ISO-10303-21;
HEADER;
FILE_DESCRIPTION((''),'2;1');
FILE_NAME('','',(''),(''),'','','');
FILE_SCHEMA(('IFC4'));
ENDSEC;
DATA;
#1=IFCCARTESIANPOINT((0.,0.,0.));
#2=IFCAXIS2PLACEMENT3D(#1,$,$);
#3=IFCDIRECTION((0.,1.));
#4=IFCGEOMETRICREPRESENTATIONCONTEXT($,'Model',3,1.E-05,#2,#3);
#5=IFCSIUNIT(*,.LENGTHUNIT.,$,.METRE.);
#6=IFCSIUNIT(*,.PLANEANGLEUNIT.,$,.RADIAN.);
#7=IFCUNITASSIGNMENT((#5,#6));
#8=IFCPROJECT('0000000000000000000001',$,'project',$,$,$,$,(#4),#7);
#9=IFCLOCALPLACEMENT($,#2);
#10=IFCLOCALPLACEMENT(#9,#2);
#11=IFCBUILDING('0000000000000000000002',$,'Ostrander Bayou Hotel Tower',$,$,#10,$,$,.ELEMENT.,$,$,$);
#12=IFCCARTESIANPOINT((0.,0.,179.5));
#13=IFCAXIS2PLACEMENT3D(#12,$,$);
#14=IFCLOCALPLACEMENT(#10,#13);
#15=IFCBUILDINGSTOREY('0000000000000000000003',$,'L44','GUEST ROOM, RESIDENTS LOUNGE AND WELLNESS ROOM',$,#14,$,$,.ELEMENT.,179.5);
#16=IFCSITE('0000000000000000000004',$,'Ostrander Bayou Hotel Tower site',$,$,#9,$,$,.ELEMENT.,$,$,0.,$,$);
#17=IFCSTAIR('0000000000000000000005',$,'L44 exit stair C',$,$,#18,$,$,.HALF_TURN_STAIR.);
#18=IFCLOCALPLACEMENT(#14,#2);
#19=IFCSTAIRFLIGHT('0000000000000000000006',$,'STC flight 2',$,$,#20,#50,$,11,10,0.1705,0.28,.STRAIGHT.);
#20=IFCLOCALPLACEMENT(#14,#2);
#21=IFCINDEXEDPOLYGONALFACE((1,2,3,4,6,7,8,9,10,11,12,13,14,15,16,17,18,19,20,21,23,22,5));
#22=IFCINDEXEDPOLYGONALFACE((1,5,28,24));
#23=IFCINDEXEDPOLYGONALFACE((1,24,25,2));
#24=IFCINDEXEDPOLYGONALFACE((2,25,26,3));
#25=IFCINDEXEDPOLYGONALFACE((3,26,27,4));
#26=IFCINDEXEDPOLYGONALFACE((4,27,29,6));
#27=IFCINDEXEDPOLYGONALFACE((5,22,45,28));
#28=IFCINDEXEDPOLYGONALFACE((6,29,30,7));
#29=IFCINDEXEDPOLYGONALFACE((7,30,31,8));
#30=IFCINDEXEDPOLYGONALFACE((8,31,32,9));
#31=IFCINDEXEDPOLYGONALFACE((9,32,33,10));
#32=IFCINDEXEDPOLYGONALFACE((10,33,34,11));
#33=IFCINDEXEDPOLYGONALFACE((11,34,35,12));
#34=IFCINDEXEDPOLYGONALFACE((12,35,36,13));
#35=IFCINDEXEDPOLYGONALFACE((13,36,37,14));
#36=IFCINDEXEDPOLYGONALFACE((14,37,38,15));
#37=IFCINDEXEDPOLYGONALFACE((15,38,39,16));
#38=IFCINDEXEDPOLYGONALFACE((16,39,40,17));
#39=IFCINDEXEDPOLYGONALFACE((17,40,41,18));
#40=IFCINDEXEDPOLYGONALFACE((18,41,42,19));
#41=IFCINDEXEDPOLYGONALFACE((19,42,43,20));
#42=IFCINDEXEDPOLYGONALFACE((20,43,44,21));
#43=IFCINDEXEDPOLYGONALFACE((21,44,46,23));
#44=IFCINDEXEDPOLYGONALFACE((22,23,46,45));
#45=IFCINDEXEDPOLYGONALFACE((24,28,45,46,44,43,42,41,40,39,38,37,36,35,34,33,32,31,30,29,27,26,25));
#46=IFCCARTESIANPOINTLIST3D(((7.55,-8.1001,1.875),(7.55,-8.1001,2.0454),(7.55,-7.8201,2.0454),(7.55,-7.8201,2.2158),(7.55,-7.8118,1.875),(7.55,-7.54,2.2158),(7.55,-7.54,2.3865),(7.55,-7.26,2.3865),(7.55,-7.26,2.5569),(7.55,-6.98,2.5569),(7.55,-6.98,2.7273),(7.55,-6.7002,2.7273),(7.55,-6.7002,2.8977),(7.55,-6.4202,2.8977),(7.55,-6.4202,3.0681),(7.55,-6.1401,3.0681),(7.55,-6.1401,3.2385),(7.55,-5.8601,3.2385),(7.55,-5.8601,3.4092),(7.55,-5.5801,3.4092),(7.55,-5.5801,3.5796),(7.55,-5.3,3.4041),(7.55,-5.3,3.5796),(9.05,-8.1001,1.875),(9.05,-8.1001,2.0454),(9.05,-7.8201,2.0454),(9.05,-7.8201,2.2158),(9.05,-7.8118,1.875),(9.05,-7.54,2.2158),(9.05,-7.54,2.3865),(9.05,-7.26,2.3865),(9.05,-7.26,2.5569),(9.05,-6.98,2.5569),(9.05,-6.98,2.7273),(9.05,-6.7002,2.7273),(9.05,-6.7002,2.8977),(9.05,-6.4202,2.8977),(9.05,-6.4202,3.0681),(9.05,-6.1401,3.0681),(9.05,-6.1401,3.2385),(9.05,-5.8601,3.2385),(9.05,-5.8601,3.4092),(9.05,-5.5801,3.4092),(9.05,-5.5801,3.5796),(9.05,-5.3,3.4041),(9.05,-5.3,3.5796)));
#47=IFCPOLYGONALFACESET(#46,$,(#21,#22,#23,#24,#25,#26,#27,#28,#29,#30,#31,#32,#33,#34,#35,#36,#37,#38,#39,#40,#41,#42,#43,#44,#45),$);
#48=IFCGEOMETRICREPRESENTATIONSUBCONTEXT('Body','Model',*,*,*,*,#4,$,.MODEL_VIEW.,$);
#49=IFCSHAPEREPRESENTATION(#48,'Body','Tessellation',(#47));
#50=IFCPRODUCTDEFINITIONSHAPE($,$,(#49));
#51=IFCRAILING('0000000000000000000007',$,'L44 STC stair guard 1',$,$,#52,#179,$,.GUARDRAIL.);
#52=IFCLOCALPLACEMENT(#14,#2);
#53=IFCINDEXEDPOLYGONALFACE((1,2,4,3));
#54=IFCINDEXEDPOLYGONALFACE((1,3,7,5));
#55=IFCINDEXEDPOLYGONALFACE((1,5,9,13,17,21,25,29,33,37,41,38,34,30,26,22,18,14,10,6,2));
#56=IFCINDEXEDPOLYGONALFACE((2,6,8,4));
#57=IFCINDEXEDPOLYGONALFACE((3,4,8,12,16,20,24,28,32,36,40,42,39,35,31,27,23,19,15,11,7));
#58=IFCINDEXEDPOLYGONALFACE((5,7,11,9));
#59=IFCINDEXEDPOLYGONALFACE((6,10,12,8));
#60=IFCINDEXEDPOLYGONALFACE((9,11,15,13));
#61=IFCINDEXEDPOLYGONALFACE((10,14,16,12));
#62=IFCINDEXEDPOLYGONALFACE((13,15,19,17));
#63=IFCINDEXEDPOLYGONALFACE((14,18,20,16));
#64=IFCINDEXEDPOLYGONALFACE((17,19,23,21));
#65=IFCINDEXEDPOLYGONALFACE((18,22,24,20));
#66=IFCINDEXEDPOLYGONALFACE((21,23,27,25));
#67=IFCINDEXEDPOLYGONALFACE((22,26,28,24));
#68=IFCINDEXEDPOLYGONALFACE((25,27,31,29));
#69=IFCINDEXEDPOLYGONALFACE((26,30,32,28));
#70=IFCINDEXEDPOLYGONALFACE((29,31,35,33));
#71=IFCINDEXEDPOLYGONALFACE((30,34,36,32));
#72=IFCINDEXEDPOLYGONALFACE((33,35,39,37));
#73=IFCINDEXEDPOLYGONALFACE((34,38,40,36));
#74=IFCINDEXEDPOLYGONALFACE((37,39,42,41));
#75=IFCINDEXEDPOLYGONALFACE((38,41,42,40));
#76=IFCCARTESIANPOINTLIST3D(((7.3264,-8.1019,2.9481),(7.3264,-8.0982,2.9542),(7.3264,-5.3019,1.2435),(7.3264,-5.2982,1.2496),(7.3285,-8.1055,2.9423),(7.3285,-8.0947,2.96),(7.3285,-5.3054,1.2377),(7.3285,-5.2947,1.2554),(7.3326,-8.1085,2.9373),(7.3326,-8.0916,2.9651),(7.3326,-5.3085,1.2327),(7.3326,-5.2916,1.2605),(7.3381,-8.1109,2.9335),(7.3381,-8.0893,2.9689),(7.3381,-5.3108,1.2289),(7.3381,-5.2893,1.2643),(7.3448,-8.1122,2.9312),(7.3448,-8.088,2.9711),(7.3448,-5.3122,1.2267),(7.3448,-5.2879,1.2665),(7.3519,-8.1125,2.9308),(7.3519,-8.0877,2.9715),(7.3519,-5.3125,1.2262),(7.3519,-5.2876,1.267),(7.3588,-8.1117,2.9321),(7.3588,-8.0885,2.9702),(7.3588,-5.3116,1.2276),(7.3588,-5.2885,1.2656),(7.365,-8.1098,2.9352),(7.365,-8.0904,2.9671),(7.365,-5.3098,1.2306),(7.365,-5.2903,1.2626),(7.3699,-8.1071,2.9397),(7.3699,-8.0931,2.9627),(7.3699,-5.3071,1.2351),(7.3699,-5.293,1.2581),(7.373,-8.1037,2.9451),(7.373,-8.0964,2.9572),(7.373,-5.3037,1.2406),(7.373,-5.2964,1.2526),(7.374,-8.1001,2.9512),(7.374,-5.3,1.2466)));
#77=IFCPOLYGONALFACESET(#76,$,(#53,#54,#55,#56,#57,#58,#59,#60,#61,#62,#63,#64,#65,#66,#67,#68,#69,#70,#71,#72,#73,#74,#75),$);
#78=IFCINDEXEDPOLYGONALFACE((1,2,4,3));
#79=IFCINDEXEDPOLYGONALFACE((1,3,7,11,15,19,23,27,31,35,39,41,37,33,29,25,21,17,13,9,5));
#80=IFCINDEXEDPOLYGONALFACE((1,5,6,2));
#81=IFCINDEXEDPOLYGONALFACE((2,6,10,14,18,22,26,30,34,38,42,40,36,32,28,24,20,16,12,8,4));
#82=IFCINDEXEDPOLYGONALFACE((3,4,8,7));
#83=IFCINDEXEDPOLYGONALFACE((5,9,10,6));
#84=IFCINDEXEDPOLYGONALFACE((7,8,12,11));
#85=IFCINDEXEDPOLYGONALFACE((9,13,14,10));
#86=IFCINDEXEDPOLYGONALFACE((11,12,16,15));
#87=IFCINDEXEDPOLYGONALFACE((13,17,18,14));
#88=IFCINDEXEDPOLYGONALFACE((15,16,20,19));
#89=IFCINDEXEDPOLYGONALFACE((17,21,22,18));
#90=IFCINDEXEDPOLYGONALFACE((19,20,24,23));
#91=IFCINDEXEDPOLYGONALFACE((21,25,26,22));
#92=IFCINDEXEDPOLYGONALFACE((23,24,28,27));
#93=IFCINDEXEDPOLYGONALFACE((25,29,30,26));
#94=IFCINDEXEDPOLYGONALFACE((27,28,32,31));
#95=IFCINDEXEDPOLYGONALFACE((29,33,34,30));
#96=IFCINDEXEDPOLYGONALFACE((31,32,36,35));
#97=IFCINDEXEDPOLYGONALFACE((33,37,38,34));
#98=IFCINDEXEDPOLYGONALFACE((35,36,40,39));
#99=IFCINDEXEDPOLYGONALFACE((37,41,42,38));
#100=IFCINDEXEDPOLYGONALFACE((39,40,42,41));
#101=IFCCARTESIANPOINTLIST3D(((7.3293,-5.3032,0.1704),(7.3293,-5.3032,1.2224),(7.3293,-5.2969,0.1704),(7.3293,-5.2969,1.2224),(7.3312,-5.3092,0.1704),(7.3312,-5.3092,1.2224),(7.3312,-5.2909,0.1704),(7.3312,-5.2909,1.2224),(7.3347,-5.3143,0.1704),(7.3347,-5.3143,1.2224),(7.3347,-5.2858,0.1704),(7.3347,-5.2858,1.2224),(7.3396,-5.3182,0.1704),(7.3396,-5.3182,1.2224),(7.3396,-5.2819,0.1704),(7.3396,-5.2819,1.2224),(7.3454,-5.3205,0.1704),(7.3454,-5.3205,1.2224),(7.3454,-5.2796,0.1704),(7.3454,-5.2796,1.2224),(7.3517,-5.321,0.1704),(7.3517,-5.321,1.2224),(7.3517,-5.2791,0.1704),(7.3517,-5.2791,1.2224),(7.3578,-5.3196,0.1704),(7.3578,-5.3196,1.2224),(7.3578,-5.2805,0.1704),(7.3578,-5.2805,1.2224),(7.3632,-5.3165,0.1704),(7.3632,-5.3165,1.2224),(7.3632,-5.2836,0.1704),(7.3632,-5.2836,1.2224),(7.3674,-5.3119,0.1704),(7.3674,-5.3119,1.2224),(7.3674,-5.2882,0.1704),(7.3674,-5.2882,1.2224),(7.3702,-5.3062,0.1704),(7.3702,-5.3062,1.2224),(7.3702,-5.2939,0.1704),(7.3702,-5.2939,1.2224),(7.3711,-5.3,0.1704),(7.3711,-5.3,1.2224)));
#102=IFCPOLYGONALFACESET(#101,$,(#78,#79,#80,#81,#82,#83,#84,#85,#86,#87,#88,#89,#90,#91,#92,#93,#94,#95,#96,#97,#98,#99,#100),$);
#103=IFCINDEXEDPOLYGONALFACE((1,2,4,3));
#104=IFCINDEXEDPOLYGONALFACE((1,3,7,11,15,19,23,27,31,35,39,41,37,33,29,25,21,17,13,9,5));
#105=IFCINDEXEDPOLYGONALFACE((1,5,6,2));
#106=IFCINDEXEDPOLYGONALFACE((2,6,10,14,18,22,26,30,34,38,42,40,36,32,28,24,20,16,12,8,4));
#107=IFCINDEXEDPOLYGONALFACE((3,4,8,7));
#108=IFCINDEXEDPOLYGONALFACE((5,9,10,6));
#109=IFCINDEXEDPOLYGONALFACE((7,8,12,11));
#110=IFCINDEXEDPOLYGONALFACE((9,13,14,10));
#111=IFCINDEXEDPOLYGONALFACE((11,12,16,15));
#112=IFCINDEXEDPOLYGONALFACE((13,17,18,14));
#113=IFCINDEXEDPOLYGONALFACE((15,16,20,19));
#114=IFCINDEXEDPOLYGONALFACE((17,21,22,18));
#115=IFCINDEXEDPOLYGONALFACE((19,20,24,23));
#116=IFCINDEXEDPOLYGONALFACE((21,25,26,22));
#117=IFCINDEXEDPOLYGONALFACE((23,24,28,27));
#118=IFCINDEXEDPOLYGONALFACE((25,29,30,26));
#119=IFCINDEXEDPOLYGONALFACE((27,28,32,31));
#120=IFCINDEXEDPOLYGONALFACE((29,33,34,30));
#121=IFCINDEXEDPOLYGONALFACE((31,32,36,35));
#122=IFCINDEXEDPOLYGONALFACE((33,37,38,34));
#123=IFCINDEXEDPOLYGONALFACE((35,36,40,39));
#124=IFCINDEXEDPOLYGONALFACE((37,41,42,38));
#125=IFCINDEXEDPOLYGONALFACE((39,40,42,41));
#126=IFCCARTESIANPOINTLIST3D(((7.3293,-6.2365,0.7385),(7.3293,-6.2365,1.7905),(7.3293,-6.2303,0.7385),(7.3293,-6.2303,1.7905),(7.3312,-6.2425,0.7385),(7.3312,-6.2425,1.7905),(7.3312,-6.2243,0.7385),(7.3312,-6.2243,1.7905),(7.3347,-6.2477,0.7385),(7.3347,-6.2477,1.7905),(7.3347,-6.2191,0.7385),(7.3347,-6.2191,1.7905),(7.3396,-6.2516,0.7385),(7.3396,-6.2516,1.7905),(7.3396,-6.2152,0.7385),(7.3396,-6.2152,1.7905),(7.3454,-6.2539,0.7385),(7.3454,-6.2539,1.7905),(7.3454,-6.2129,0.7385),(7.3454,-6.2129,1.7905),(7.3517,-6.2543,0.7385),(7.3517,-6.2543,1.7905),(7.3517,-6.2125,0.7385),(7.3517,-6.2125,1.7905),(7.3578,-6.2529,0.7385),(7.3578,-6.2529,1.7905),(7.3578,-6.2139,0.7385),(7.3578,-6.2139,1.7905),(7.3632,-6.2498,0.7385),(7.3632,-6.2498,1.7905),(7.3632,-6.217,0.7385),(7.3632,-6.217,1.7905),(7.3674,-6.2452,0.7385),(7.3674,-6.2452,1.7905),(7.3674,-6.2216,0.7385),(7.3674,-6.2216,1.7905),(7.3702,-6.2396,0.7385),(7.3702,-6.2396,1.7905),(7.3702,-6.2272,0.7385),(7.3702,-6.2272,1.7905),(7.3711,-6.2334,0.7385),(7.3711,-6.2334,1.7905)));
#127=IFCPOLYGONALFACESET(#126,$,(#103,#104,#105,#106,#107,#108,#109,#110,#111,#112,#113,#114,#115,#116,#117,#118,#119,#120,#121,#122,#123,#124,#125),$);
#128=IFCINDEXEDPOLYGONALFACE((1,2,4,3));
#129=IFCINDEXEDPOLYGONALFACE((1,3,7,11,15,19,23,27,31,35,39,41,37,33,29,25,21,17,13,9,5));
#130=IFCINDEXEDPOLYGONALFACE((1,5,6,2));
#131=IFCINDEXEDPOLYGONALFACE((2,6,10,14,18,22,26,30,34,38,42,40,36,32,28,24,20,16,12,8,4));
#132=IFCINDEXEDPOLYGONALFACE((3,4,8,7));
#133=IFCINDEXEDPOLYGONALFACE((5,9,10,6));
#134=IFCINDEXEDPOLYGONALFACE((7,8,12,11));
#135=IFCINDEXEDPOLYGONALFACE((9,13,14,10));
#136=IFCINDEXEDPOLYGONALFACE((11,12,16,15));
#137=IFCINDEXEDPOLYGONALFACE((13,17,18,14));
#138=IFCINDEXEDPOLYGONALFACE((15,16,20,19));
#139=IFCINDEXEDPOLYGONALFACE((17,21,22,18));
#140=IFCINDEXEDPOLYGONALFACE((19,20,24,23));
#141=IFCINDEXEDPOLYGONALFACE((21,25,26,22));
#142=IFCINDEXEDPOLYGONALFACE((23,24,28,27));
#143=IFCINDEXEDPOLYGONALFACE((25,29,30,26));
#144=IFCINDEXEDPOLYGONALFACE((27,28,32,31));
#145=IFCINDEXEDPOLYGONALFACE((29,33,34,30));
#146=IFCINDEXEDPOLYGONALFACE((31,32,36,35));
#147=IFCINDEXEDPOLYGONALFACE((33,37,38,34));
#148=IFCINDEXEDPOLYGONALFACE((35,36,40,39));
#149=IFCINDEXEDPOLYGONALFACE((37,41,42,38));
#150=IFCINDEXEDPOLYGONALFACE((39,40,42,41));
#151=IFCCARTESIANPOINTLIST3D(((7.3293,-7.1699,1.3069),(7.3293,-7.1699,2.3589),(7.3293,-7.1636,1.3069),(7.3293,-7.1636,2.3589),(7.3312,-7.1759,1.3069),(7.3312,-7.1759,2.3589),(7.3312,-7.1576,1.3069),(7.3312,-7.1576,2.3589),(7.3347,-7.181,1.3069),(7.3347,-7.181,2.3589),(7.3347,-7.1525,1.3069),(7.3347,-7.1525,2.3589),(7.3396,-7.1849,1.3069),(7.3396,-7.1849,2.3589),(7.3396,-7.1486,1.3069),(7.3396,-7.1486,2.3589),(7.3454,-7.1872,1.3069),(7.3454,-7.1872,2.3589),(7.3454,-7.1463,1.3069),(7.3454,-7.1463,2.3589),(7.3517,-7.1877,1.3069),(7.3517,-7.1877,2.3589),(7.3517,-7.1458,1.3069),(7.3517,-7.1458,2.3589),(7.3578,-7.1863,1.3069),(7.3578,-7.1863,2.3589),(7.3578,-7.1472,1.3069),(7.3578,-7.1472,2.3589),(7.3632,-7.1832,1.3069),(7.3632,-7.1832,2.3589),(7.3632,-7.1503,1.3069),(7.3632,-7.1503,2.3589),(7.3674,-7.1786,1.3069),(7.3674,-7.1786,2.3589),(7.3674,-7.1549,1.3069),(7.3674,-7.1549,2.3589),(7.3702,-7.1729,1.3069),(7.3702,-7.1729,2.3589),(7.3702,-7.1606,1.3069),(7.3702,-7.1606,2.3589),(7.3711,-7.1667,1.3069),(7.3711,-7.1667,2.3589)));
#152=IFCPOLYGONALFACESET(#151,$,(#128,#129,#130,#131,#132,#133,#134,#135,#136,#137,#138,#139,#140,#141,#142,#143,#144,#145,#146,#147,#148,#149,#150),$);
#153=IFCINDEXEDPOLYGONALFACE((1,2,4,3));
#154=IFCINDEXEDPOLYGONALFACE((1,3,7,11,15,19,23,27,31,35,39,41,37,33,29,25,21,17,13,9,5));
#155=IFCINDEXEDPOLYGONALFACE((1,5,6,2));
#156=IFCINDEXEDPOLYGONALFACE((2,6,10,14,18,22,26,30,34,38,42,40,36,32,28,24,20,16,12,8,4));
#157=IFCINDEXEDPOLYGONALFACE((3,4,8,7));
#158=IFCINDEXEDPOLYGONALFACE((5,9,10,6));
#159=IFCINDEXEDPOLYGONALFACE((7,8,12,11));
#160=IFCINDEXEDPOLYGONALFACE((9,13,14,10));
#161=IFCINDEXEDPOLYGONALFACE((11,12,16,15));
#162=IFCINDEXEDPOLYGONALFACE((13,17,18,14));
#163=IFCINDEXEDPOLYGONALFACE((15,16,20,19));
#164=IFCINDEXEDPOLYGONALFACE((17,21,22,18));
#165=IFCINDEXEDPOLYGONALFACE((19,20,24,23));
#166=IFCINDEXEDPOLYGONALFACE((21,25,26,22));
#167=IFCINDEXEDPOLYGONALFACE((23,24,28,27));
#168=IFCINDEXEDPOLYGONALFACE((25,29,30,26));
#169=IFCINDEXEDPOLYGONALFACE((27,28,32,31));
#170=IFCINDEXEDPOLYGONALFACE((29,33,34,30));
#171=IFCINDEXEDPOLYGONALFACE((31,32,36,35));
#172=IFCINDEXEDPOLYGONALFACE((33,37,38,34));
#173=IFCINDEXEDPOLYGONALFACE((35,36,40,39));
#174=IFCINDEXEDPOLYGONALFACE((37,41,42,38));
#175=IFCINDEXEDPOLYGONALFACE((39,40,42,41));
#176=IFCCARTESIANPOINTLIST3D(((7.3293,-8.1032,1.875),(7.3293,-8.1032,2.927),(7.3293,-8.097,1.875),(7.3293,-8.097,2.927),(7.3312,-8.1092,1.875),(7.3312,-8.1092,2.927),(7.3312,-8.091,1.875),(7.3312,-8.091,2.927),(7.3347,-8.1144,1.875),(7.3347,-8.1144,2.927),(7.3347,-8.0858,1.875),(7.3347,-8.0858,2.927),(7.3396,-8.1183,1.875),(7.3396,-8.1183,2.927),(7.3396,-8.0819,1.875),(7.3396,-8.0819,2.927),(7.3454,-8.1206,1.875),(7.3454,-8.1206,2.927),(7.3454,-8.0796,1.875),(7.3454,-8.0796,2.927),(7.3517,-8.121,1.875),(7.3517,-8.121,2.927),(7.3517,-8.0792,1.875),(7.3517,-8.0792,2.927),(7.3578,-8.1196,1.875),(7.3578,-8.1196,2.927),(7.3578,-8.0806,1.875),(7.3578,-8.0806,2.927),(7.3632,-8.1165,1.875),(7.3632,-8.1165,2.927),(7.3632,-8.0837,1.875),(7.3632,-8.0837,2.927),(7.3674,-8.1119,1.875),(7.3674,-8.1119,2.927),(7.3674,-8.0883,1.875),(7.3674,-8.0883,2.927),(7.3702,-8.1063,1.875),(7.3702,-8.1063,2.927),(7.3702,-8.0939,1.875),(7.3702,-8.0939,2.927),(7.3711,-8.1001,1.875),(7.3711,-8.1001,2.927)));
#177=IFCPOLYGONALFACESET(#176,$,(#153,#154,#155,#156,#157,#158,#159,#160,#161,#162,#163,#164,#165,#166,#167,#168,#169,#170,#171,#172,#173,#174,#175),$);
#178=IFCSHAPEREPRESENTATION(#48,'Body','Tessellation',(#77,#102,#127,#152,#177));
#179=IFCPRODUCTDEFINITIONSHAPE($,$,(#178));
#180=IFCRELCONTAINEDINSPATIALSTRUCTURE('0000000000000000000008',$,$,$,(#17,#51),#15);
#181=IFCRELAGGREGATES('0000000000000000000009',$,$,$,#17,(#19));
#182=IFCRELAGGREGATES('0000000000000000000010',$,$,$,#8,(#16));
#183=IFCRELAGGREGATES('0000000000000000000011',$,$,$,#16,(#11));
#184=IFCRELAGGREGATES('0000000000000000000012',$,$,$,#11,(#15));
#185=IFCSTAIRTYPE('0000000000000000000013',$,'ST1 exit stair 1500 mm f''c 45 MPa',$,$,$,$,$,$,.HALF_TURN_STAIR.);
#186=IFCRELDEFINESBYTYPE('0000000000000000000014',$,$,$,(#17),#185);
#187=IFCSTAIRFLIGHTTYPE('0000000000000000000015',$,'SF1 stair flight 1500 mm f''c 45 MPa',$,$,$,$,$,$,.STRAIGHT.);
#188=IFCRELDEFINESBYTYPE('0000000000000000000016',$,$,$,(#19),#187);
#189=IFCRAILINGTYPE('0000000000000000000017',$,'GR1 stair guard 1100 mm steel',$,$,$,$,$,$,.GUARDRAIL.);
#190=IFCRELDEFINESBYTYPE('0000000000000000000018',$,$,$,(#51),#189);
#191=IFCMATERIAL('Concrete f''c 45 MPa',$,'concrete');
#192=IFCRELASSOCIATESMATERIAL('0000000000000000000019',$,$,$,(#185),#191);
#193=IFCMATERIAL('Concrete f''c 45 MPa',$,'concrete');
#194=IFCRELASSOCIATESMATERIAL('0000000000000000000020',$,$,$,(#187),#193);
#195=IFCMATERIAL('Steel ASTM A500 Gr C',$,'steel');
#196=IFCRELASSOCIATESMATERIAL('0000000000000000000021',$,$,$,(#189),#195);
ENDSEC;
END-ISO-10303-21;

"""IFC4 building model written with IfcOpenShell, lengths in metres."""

from ifc_helpers import new_model, si_unit, direction, frame, origin, origin_2d, place, context, subcontext, project, spatial, polyline, circle, outline, extrude, material, type_object, element, aggregate, save


model = new_model("IFC4")

# Units and contexts
model_context = context("Model", 3, precision=1e-05, world=origin(), true_north=direction((0.0, 1.0)))
body_context = subcontext(model_context, "Body", "Model", "MODEL_VIEW")
ifc_project = project(units=[si_unit("LENGTHUNIT", "METRE"), si_unit("PLANEANGLEUNIT", "RADIAN")], contexts=[model_context])

# Site, building, storey
site_placement = place(None, origin())
site = spatial("IfcSite", under=ifc_project, at=site_placement, Name="Ostrander Bayou Hotel Tower site", CompositionType="ELEMENT", RefElevation=0.0)
building_placement = place(site_placement, origin())
building = spatial("IfcBuilding", under=site, at=building_placement, Name="Ostrander Bayou Hotel Tower", CompositionType="ELEMENT")
storey_placement = place(building_placement, frame((0.0, 0.0, 179.5)))
storey = spatial("IfcBuildingStorey", under=building, at=storey_placement, Name="L44", Description="GUEST ROOM, RESIDENTS LOUNGE AND WELLNESS ROOM", CompositionType="ELEMENT", Elevation=179.5)

# Stair, stair flight
ifc_material_1 = material(Name="Concrete f'c 45 MPa", Category="concrete")
stair_type = type_object("IfcStairType", Name="ST1 exit stair 1500 mm f'c 45 MPa", PredefinedType="HALF_TURN_STAIR", material=ifc_material_1)
stair_placement = place(storey_placement, origin())
stair = element("IfcStair", 1, at=stair_placement, inside=storey, type_object=stair_type, Name="L44 exit stair C", PredefinedType="HALF_TURN_STAIR")
ifc_material_2 = material(Name="Concrete f'c 45 MPa", Category="concrete")
stair_flight_type = type_object("IfcStairFlightType", Name="SF1 stair flight 1500 mm f'c 45 MPa", PredefinedType="STRAIGHT", material=ifc_material_2)
stair_flight_1_placement = place(storey_placement, frame((8.3, -8.1001, 1.875), z_axis=(0.0, 0.0, 1.0), x_axis=(0.0, 1.0, 0.0)))
stair_flight_1 = element("IfcStairFlight", 2, at=stair_flight_1_placement, type_object=stair_flight_type, Name="STC flight 2", NumberOfRisers=11, NumberOfTreads=10, PredefinedType="STRAIGHT", RiserHeight=0.1705, TreadLength=0.28, context=body_context, shape_type="SweptSolid", body=[
    extrude(outline(polyline([(0.0, 0.0), (0.0, 0.1704), (0.28, 0.1704), (0.28, 0.3408), (0.5601, 0.3408), (0.5601, 0.5115), (0.8401, 0.5115), (0.8401, 0.6819), (1.1201, 0.6819), (1.1201, 0.8523), (1.3999, 0.8523), (1.3999, 1.0227), (1.6799, 1.0227), (1.6799, 1.1931), (1.96, 1.1931), (1.96, 1.3635), (2.24, 1.3635), (2.24, 1.5342), (2.52, 1.5342), (2.52, 1.7046), (2.8, 1.7046), (2.8, 1.875), (2.8, 1.5291), (0.2883, 0.0), (0.0, 0.0)])), frame((0.0, 0.75, 0.0), z_axis=(0.0, -1.0, 0.0), x_axis=(1.0, 0.0, 0.0)), (0.0, 0.0, 1.0), 1.5),
])
aggregate(stair, [stair_flight_1])

# Railing
ifc_material_3 = material(Name="Steel ASTM A500 Gr C", Category="steel")
railing_type_1 = type_object("IfcRailingType", Name="GR1 stair guard 1100 mm steel", PredefinedType="GUARDRAIL", material=ifc_material_3)
railing_1_placement = place(storey_placement, frame((7.3501, -5.3, 0.1704)))
element("IfcRailing", 3, at=railing_1_placement, inside=storey, type_object=railing_type_1, Name="L44 STC stair guard 1", PredefinedType="GUARDRAIL", context=body_context, shape_type="SweptSolid", body=[
    extrude(circle(Radius=0.0239, at=origin_2d()), frame((0.0, 0.0, 1.0762), z_axis=(0.0, -0.85417, 0.519994), x_axis=(1.0, 0.0, 0.0)), (0.0, 0.0, 1.0), 3.2781),
    extrude(circle(Radius=0.021, at=origin_2d()), origin(), (0.0, 0.0, 1.0), 1.052),
    extrude(circle(Radius=0.021, at=origin_2d()), frame((0.0, -0.9333, 0.5681)), (0.0, 0.0, 1.0), 1.052),
    extrude(circle(Radius=0.021, at=origin_2d()), frame((0.0, -1.8667, 1.1365)), (0.0, 0.0, 1.0), 1.052),
    extrude(circle(Radius=0.021, at=origin_2d()), frame((0.0, -2.8, 1.7046)), (0.0, 0.0, 1.0), 1.052),
])

save(model, "model.ifc")
